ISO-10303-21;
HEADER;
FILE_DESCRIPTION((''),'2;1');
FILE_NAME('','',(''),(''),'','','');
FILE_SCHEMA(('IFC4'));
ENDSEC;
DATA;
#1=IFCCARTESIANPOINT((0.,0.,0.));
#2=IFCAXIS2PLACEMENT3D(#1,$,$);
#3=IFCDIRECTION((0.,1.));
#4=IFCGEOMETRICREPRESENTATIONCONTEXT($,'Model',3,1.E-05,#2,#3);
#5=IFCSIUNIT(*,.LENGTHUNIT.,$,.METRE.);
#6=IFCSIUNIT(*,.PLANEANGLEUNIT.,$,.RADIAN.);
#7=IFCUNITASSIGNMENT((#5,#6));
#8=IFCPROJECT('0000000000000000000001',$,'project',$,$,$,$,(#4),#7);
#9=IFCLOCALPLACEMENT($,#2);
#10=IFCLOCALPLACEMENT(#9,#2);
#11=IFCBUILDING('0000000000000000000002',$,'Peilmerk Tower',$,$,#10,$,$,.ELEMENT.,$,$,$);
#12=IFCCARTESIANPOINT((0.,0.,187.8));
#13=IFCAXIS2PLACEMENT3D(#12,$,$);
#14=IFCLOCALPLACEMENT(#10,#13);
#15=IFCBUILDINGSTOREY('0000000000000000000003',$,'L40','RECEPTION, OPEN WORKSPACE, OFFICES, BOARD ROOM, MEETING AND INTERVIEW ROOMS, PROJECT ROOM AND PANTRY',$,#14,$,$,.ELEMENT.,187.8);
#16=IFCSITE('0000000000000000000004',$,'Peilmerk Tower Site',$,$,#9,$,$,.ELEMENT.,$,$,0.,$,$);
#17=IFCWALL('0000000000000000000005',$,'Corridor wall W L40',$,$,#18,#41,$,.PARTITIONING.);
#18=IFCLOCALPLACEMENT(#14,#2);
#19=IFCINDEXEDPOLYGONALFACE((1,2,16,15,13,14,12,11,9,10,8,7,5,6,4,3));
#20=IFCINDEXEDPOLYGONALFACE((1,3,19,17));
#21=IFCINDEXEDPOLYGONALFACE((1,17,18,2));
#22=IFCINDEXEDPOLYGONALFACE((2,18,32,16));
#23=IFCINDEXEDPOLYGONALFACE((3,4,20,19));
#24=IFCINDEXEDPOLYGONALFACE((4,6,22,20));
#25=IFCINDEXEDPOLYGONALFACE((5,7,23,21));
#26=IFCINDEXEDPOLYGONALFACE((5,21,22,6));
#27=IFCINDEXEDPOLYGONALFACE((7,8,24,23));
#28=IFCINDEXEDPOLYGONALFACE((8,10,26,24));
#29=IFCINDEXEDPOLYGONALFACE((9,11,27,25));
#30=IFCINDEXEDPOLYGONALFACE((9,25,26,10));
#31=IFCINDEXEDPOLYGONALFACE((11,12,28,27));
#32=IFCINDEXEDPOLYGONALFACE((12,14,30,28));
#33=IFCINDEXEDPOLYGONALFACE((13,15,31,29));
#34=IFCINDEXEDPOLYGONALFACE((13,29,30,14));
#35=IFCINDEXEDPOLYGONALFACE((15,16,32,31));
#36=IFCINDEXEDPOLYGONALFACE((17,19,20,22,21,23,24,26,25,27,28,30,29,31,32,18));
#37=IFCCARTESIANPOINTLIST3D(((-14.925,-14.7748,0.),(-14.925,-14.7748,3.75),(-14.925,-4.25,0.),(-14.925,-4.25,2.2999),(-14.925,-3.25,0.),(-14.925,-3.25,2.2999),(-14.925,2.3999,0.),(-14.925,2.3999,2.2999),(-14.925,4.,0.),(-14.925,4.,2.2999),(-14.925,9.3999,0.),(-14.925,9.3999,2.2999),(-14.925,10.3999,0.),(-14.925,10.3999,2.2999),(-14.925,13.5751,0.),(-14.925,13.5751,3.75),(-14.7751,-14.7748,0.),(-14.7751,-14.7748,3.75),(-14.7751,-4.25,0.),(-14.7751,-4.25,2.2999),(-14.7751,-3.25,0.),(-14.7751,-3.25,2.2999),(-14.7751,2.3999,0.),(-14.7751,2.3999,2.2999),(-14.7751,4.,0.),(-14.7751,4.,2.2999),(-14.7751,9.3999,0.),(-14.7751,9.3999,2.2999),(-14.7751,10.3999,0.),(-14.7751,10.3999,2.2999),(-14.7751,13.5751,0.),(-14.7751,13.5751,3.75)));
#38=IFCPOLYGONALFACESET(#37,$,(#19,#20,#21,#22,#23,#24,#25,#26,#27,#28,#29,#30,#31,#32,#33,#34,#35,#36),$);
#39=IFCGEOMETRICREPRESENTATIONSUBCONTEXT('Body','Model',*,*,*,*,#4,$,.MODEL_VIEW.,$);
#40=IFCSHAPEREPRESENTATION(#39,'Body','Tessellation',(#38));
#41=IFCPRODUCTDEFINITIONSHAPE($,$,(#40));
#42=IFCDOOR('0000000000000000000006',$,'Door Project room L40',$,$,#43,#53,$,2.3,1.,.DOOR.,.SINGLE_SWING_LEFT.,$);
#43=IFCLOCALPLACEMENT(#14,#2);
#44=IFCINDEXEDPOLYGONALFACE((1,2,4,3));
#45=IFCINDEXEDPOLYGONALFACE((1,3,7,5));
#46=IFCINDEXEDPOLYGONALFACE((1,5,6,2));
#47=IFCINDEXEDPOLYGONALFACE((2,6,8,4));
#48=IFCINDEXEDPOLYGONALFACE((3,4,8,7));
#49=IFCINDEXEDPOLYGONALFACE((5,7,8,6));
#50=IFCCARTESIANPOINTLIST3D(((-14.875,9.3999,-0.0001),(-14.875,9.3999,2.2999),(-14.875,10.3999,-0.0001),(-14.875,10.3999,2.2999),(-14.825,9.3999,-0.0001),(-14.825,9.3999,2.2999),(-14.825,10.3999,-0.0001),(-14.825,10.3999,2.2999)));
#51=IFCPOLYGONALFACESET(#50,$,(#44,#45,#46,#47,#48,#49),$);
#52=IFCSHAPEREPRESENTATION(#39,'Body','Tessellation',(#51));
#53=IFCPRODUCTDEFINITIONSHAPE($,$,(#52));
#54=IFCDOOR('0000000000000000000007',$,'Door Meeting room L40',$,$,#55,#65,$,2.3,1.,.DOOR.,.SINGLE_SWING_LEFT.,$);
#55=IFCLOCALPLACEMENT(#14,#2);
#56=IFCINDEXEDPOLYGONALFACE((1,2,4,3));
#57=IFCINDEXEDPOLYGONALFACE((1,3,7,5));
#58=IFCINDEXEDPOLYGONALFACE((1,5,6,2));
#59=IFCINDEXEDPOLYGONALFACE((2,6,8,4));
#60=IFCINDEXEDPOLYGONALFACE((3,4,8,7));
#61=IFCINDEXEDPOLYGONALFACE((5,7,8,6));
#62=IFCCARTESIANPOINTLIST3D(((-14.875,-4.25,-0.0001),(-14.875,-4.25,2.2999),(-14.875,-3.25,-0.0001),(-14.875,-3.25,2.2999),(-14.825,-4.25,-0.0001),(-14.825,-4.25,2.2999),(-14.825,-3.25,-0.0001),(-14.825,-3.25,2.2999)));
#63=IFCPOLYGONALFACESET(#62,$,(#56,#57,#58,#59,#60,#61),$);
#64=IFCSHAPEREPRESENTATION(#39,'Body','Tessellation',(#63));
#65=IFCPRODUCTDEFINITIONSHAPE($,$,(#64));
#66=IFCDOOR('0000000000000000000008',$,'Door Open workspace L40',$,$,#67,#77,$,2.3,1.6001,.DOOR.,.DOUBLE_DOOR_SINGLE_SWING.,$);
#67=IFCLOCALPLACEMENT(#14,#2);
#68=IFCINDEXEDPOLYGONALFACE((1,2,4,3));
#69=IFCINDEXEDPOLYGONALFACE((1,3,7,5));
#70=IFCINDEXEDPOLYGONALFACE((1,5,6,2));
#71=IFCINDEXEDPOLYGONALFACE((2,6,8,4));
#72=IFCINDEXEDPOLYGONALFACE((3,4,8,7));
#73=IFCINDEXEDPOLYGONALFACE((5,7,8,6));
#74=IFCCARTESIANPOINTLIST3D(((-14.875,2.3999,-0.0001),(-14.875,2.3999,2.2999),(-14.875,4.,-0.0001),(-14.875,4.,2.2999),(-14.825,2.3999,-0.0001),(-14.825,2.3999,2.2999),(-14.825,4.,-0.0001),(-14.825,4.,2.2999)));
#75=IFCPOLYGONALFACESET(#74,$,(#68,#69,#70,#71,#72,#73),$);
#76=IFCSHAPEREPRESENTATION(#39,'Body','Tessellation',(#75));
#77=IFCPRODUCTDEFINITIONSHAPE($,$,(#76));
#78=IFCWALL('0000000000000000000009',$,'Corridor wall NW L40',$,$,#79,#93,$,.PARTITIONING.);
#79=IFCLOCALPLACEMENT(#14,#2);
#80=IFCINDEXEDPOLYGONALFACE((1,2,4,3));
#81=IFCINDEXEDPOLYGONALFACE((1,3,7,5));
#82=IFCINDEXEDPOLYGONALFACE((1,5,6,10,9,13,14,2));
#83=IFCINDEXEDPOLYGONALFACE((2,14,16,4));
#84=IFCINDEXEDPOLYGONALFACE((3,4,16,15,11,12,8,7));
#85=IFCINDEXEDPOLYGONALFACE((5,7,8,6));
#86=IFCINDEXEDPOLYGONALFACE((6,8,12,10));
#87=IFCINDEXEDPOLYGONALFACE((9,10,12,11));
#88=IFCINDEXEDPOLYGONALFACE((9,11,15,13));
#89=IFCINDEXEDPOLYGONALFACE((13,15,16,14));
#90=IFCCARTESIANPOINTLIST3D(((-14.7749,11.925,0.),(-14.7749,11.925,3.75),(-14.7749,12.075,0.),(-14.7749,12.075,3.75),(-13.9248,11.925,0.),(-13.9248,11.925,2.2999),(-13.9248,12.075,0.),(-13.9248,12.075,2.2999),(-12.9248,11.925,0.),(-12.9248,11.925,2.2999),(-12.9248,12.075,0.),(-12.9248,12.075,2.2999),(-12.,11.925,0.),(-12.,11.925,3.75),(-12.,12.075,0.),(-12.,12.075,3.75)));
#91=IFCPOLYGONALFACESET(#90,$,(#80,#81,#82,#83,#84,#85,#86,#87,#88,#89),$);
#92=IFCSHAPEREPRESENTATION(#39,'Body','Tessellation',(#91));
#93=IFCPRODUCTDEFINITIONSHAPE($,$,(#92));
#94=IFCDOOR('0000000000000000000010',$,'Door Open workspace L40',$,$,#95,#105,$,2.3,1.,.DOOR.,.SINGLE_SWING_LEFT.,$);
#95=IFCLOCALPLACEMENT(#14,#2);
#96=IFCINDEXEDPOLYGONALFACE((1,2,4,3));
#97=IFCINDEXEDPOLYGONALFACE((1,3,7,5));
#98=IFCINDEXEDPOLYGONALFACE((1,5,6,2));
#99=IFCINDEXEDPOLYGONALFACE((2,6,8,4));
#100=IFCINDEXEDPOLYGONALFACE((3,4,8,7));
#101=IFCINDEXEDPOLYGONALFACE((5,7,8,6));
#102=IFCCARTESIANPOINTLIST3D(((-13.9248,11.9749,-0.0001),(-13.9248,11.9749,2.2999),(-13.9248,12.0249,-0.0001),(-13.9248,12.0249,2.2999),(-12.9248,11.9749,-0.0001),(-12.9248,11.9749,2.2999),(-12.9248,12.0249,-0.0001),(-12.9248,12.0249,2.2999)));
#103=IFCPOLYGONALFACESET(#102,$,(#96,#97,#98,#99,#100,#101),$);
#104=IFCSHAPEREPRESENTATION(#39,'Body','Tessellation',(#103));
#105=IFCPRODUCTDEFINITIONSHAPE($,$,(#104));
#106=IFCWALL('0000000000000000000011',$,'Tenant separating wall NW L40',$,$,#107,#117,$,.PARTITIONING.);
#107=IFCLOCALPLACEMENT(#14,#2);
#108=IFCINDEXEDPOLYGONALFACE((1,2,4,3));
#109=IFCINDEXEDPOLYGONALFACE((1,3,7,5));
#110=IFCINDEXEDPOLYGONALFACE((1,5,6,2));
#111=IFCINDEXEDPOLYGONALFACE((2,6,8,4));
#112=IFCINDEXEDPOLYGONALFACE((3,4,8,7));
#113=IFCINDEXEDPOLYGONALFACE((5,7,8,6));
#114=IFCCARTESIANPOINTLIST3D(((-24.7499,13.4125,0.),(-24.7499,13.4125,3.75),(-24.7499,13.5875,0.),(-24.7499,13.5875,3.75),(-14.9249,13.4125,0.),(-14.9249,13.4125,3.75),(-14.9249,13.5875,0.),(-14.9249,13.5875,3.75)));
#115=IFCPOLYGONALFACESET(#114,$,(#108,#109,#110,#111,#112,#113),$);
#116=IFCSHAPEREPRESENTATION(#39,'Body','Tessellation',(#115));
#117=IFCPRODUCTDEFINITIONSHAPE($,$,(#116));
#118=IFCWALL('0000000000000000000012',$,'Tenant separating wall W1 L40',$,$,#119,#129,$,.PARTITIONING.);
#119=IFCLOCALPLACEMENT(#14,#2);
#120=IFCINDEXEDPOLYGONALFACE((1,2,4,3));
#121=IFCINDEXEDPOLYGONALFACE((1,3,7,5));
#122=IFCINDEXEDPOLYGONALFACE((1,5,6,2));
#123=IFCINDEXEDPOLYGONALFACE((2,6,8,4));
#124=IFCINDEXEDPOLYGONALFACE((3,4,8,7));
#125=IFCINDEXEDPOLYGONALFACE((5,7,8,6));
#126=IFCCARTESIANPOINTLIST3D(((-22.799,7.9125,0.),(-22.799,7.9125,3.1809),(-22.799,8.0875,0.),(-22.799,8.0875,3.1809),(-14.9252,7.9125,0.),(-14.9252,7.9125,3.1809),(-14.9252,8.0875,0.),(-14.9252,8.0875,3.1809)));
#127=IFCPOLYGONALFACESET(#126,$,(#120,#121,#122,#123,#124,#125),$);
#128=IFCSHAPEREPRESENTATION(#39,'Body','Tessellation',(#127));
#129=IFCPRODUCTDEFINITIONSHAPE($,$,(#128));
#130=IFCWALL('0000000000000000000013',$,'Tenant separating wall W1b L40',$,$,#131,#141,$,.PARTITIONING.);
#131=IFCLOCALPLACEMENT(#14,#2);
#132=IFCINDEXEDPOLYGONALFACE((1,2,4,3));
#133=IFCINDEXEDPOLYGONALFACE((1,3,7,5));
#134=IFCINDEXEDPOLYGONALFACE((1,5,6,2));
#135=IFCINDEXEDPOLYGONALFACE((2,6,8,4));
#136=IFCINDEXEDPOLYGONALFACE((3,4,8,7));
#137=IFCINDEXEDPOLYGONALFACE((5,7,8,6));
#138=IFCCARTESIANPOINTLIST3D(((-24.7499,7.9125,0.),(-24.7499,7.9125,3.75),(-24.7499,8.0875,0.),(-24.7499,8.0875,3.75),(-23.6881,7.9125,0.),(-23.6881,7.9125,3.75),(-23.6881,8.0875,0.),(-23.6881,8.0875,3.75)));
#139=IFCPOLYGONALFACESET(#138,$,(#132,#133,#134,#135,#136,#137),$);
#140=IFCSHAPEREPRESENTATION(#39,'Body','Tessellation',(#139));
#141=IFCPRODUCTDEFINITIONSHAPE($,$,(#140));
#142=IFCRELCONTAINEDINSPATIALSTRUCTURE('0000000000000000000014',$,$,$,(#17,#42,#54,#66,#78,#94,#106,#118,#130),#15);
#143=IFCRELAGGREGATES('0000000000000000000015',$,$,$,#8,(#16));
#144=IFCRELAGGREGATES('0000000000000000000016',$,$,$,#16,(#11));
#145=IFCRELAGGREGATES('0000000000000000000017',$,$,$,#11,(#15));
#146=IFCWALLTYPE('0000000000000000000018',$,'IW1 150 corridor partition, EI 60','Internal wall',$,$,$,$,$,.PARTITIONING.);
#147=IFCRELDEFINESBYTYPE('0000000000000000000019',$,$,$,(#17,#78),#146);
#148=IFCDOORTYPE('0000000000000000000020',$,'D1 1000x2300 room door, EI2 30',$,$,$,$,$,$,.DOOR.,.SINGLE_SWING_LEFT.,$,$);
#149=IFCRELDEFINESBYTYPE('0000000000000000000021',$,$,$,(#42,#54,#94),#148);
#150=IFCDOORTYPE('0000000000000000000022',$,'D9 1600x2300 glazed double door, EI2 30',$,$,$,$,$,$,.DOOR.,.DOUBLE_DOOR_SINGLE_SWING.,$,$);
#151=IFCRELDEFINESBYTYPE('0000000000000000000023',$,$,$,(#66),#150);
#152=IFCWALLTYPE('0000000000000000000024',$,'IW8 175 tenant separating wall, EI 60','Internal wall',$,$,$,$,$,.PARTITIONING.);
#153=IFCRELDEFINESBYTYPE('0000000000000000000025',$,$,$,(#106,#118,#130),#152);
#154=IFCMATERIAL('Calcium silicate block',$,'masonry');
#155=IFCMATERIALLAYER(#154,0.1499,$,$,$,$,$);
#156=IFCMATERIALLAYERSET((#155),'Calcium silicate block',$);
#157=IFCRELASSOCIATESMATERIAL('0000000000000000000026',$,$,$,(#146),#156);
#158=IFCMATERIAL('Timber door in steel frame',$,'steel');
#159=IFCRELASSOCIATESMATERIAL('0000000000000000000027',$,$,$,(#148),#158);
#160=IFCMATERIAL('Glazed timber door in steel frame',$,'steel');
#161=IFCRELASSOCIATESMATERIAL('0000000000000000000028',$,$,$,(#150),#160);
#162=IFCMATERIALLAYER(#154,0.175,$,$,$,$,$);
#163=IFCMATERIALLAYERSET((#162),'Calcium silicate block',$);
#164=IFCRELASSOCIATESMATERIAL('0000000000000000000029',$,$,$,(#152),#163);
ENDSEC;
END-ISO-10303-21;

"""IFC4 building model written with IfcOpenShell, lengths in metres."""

from ifc_helpers import new_model, si_unit, direction, frame, frame_2d, origin, place, context, subcontext, project, spatial, rectangle, extrude, material, layer, layer_set, type_object, element, fill, save


model = new_model("IFC4")

# Units and contexts
model_context = context("Model", 3, precision=1e-05, world=origin(), true_north=direction((0.0, 1.0)))
body_context = subcontext(model_context, "Body", "Model", "MODEL_VIEW")
ifc_project = project(units=[si_unit("LENGTHUNIT", "METRE"), si_unit("PLANEANGLEUNIT", "RADIAN")], contexts=[model_context])

# Site, building, storey
site_placement = place(None, origin())
site = spatial("IfcSite", under=ifc_project, at=site_placement, Name="Peilmerk Tower Site", CompositionType="ELEMENT", RefElevation=0.0)
building_placement = place(site_placement, origin())
building = spatial("IfcBuilding", under=site, at=building_placement, Name="Peilmerk Tower", CompositionType="ELEMENT")
storey_placement = place(building_placement, frame((0.0, 0.0, 187.8)))
storey = spatial("IfcBuildingStorey", under=building, at=storey_placement, Name="L40", Description="RECEPTION, OPEN WORKSPACE, OFFICES, BOARD ROOM, MEETING AND INTERVIEW ROOMS, PROJECT ROOM AND PANTRY", CompositionType="ELEMENT", Elevation=187.8)

# Wall, openings, doors
ifc_material_1 = material(Name="Calcium silicate block", Category="masonry")
ifc_layer_1 = layer(ifc_material_1, 0.1499)
ifc_layer_set_1 = layer_set([ifc_layer_1], Name="Calcium silicate block")
wall_type_1 = type_object("IfcWallType", Name="IW1 150 corridor partition, EI 60", Description="Internal wall", PredefinedType="PARTITIONING", material=ifc_layer_set_1)
wall_1_placement = place(storey_placement, frame((-14.8501, 13.575, 0.0), z_axis=(0.0, 0.0, 1.0), x_axis=(0.0, -1.0, 0.0)))
wall_1 = element("IfcWall", 1, at=wall_1_placement, inside=storey, type_object=wall_type_1, Name="Corridor wall W L40", PredefinedType="PARTITIONING", context=body_context, shape_type="SweptSolid", body=[
    extrude(rectangle(XDim=28.3499, YDim=0.1499, at=frame_2d((14.1748, 0.0))), origin(), (0.0, 0.0, 1.0), 3.75),
])
opening_1_placement = place(wall_1_placement, frame((9.575, 0.0, 0.0)))
opening_1 = element("IfcOpeningElement", 2, at=opening_1_placement, cuts=wall_1, PredefinedType="OPENING", context=body_context, shape_type="SweptSolid", body=[
    extrude(rectangle(XDim=1.6001, YDim=2.3, at=frame_2d((0.8, 1.1499))), frame((0.0, 0.085, 0.0), z_axis=(0.0, -1.0, 0.0), x_axis=(1.0, 0.0, 0.0)), (0.0, 0.0, 1.0), 0.1699),
])
opening_2_placement = place(wall_1_placement, frame((3.175, 0.0, 0.0)))
opening_2 = element("IfcOpeningElement", 3, at=opening_2_placement, cuts=wall_1, PredefinedType="OPENING", context=body_context, shape_type="SweptSolid", body=[
    extrude(rectangle(XDim=1.0, YDim=2.3, at=frame_2d((0.5, 1.1499))), frame((0.0, 0.085, 0.0), z_axis=(0.0, -1.0, 0.0), x_axis=(1.0, 0.0, 0.0)), (0.0, 0.0, 1.0), 0.1699),
])
opening_3_placement = place(wall_1_placement, frame((16.825, 0.0, 0.0)))
opening_3 = element("IfcOpeningElement", 4, at=opening_3_placement, cuts=wall_1, PredefinedType="OPENING", context=body_context, shape_type="SweptSolid", body=[
    extrude(rectangle(XDim=1.0, YDim=2.3, at=frame_2d((0.5, 1.1499))), frame((0.0, 0.085, 0.0), z_axis=(0.0, -1.0, 0.0), x_axis=(1.0, 0.0, 0.0)), (0.0, 0.0, 1.0), 0.1699),
])
ifc_material_2 = material(Name="Timber door in steel frame", Category="steel")
door_type_1 = type_object("IfcDoorType", Name="D1 1000x2300 room door, EI2 30", OperationType="SINGLE_SWING_LEFT", PredefinedType="DOOR", material=ifc_material_2)
door_1_placement = place(opening_2_placement, frame((1.0, 0.0, 0.0), z_axis=(0.0, 0.0, 1.0), x_axis=(-1.0, 0.0, 0.0)))
door_1 = element("IfcDoor", 5, at=door_1_placement, inside=storey, type_object=door_type_1, Name="Door Project room L40", OperationType="SINGLE_SWING_LEFT", OverallHeight=2.3, OverallWidth=1.0, PredefinedType="DOOR", context=body_context, shape_type="SweptSolid", body=[
    extrude(rectangle(XDim=1.0, YDim=2.3, at=frame_2d((0.5, 1.1499))), frame((0.0, 0.0249, 0.0), z_axis=(0.0, -1.0, 0.0), x_axis=(1.0, 0.0, 0.0)), (0.0, 0.0, 1.0), 0.05),
])
fill(opening_2, door_1)
door_2_placement = place(opening_3_placement, frame((1.0, 0.0, 0.0), z_axis=(0.0, 0.0, 1.0), x_axis=(-1.0, 0.0, 0.0)))
door_2 = element("IfcDoor", 6, at=door_2_placement, inside=storey, type_object=door_type_1, Name="Door Meeting room L40", OperationType="SINGLE_SWING_LEFT", OverallHeight=2.3, OverallWidth=1.0, PredefinedType="DOOR", context=body_context, shape_type="SweptSolid", body=[
    extrude(rectangle(XDim=1.0, YDim=2.3, at=frame_2d((0.5, 1.1499))), frame((0.0, 0.0249, 0.0), z_axis=(0.0, -1.0, 0.0), x_axis=(1.0, 0.0, 0.0)), (0.0, 0.0, 1.0), 0.05),
])
fill(opening_3, door_2)
ifc_material_3 = material(Name="Glazed timber door in steel frame", Category="steel")
door_type_2 = type_object("IfcDoorType", Name="D9 1600x2300 glazed double door, EI2 30", OperationType="DOUBLE_DOOR_SINGLE_SWING", PredefinedType="DOOR", material=ifc_material_3)
door_3_placement = place(opening_1_placement, frame((1.6001, 0.0, 0.0), z_axis=(0.0, 0.0, 1.0), x_axis=(-1.0, 0.0, 0.0)))
door_3 = element("IfcDoor", 7, at=door_3_placement, inside=storey, type_object=door_type_2, Name="Door Open workspace L40", OperationType="DOUBLE_DOOR_SINGLE_SWING", OverallHeight=2.3, OverallWidth=1.6001, PredefinedType="DOOR", context=body_context, shape_type="SweptSolid", body=[
    extrude(rectangle(XDim=1.6001, YDim=2.3, at=frame_2d((0.8, 1.1499))), frame((0.0, 0.0249, 0.0), z_axis=(0.0, -1.0, 0.0), x_axis=(1.0, 0.0, 0.0)), (0.0, 0.0, 1.0), 0.05),
])
fill(opening_1, door_3)

# Wall, opening, door
wall_2_placement = place(storey_placement, frame((-14.7749, 12.0, 0.0), z_axis=(0.0, 0.0, 1.0), x_axis=(1.0, 0.0, 0.0)))
wall_2 = element("IfcWall", 8, at=wall_2_placement, inside=storey, type_object=wall_type_1, Name="Corridor wall NW L40", PredefinedType="PARTITIONING", context=body_context, shape_type="SweptSolid", body=[
    extrude(rectangle(XDim=2.7749, YDim=0.1499, at=frame_2d((1.3875, 0.0))), origin(), (0.0, 0.0, 1.0), 3.75),
])
opening_4_placement = place(wall_2_placement, frame((0.8501, 0.0, 0.0)))
opening_4 = element("IfcOpeningElement", 9, at=opening_4_placement, cuts=wall_2, PredefinedType="OPENING", context=body_context, shape_type="SweptSolid", body=[
    extrude(rectangle(XDim=1.0, YDim=2.3, at=frame_2d((0.5, 1.1499))), frame((0.0, 0.085, 0.0), z_axis=(0.0, -1.0, 0.0), x_axis=(1.0, 0.0, 0.0)), (0.0, 0.0, 1.0), 0.1699),
])
door_4_placement = place(opening_4_placement, origin())
door_4 = element("IfcDoor", 10, at=door_4_placement, inside=storey, type_object=door_type_1, Name="Door Open workspace L40", OperationType="SINGLE_SWING_LEFT", OverallHeight=2.3, OverallWidth=1.0, PredefinedType="DOOR", context=body_context, shape_type="SweptSolid", body=[
    extrude(rectangle(XDim=1.0, YDim=2.3, at=frame_2d((0.5, 1.1499))), frame((0.0, 0.0249, 0.0), z_axis=(0.0, -1.0, 0.0), x_axis=(1.0, 0.0, 0.0)), (0.0, 0.0, 1.0), 0.05),
])
fill(opening_4, door_4)

# Walls
ifc_layer_2 = layer(ifc_material_1, 0.175)
ifc_layer_set_2 = layer_set([ifc_layer_2], Name="Calcium silicate block")
wall_type_2 = type_object("IfcWallType", Name="IW8 175 tenant separating wall, EI 60", Description="Internal wall", PredefinedType="PARTITIONING", material=ifc_layer_set_2)
wall_3_placement = place(storey_placement, frame((-24.75, 13.5, 0.0), z_axis=(0.0, 0.0, 1.0), x_axis=(1.0, 0.0, 0.0)))
element("IfcWall", 11, at=wall_3_placement, inside=storey, type_object=wall_type_2, Name="Tenant separating wall NW L40", PredefinedType="PARTITIONING", context=body_context, shape_type="SweptSolid", body=[
    extrude(rectangle(XDim=9.825, YDim=0.175, at=frame_2d((4.9126, 0.0))), origin(), (0.0, 0.0, 1.0), 3.75),
])
wall_4_placement = place(storey_placement, frame((-14.925, 8.0, 0.0), z_axis=(0.0, 0.0, 1.0), x_axis=(-1.0, 0.0, 0.0)))
element("IfcWall", 12, at=wall_4_placement, inside=storey, type_object=wall_type_2, Name="Tenant separating wall W1 L40", PredefinedType="PARTITIONING", context=body_context, shape_type="SweptSolid", body=[
    extrude(rectangle(XDim=7.8738, YDim=0.175, at=frame_2d((3.937, 0.0))), origin(), (0.0, 0.0, 1.0), 3.1809),
])
wall_5_placement = place(storey_placement, frame((-23.6882, 8.0, 0.0), z_axis=(0.0, 0.0, 1.0), x_axis=(-1.0, 0.0, 0.0)))
element("IfcWall", 13, at=wall_5_placement, inside=storey, type_object=wall_type_2, Name="Tenant separating wall W1b L40", PredefinedType="PARTITIONING", context=body_context, shape_type="SweptSolid", body=[
    extrude(rectangle(XDim=1.0618, YDim=0.175, at=frame_2d((0.5308, 0.0))), origin(), (0.0, 0.0, 1.0), 3.75),
])

save(model, "model.ifc")
